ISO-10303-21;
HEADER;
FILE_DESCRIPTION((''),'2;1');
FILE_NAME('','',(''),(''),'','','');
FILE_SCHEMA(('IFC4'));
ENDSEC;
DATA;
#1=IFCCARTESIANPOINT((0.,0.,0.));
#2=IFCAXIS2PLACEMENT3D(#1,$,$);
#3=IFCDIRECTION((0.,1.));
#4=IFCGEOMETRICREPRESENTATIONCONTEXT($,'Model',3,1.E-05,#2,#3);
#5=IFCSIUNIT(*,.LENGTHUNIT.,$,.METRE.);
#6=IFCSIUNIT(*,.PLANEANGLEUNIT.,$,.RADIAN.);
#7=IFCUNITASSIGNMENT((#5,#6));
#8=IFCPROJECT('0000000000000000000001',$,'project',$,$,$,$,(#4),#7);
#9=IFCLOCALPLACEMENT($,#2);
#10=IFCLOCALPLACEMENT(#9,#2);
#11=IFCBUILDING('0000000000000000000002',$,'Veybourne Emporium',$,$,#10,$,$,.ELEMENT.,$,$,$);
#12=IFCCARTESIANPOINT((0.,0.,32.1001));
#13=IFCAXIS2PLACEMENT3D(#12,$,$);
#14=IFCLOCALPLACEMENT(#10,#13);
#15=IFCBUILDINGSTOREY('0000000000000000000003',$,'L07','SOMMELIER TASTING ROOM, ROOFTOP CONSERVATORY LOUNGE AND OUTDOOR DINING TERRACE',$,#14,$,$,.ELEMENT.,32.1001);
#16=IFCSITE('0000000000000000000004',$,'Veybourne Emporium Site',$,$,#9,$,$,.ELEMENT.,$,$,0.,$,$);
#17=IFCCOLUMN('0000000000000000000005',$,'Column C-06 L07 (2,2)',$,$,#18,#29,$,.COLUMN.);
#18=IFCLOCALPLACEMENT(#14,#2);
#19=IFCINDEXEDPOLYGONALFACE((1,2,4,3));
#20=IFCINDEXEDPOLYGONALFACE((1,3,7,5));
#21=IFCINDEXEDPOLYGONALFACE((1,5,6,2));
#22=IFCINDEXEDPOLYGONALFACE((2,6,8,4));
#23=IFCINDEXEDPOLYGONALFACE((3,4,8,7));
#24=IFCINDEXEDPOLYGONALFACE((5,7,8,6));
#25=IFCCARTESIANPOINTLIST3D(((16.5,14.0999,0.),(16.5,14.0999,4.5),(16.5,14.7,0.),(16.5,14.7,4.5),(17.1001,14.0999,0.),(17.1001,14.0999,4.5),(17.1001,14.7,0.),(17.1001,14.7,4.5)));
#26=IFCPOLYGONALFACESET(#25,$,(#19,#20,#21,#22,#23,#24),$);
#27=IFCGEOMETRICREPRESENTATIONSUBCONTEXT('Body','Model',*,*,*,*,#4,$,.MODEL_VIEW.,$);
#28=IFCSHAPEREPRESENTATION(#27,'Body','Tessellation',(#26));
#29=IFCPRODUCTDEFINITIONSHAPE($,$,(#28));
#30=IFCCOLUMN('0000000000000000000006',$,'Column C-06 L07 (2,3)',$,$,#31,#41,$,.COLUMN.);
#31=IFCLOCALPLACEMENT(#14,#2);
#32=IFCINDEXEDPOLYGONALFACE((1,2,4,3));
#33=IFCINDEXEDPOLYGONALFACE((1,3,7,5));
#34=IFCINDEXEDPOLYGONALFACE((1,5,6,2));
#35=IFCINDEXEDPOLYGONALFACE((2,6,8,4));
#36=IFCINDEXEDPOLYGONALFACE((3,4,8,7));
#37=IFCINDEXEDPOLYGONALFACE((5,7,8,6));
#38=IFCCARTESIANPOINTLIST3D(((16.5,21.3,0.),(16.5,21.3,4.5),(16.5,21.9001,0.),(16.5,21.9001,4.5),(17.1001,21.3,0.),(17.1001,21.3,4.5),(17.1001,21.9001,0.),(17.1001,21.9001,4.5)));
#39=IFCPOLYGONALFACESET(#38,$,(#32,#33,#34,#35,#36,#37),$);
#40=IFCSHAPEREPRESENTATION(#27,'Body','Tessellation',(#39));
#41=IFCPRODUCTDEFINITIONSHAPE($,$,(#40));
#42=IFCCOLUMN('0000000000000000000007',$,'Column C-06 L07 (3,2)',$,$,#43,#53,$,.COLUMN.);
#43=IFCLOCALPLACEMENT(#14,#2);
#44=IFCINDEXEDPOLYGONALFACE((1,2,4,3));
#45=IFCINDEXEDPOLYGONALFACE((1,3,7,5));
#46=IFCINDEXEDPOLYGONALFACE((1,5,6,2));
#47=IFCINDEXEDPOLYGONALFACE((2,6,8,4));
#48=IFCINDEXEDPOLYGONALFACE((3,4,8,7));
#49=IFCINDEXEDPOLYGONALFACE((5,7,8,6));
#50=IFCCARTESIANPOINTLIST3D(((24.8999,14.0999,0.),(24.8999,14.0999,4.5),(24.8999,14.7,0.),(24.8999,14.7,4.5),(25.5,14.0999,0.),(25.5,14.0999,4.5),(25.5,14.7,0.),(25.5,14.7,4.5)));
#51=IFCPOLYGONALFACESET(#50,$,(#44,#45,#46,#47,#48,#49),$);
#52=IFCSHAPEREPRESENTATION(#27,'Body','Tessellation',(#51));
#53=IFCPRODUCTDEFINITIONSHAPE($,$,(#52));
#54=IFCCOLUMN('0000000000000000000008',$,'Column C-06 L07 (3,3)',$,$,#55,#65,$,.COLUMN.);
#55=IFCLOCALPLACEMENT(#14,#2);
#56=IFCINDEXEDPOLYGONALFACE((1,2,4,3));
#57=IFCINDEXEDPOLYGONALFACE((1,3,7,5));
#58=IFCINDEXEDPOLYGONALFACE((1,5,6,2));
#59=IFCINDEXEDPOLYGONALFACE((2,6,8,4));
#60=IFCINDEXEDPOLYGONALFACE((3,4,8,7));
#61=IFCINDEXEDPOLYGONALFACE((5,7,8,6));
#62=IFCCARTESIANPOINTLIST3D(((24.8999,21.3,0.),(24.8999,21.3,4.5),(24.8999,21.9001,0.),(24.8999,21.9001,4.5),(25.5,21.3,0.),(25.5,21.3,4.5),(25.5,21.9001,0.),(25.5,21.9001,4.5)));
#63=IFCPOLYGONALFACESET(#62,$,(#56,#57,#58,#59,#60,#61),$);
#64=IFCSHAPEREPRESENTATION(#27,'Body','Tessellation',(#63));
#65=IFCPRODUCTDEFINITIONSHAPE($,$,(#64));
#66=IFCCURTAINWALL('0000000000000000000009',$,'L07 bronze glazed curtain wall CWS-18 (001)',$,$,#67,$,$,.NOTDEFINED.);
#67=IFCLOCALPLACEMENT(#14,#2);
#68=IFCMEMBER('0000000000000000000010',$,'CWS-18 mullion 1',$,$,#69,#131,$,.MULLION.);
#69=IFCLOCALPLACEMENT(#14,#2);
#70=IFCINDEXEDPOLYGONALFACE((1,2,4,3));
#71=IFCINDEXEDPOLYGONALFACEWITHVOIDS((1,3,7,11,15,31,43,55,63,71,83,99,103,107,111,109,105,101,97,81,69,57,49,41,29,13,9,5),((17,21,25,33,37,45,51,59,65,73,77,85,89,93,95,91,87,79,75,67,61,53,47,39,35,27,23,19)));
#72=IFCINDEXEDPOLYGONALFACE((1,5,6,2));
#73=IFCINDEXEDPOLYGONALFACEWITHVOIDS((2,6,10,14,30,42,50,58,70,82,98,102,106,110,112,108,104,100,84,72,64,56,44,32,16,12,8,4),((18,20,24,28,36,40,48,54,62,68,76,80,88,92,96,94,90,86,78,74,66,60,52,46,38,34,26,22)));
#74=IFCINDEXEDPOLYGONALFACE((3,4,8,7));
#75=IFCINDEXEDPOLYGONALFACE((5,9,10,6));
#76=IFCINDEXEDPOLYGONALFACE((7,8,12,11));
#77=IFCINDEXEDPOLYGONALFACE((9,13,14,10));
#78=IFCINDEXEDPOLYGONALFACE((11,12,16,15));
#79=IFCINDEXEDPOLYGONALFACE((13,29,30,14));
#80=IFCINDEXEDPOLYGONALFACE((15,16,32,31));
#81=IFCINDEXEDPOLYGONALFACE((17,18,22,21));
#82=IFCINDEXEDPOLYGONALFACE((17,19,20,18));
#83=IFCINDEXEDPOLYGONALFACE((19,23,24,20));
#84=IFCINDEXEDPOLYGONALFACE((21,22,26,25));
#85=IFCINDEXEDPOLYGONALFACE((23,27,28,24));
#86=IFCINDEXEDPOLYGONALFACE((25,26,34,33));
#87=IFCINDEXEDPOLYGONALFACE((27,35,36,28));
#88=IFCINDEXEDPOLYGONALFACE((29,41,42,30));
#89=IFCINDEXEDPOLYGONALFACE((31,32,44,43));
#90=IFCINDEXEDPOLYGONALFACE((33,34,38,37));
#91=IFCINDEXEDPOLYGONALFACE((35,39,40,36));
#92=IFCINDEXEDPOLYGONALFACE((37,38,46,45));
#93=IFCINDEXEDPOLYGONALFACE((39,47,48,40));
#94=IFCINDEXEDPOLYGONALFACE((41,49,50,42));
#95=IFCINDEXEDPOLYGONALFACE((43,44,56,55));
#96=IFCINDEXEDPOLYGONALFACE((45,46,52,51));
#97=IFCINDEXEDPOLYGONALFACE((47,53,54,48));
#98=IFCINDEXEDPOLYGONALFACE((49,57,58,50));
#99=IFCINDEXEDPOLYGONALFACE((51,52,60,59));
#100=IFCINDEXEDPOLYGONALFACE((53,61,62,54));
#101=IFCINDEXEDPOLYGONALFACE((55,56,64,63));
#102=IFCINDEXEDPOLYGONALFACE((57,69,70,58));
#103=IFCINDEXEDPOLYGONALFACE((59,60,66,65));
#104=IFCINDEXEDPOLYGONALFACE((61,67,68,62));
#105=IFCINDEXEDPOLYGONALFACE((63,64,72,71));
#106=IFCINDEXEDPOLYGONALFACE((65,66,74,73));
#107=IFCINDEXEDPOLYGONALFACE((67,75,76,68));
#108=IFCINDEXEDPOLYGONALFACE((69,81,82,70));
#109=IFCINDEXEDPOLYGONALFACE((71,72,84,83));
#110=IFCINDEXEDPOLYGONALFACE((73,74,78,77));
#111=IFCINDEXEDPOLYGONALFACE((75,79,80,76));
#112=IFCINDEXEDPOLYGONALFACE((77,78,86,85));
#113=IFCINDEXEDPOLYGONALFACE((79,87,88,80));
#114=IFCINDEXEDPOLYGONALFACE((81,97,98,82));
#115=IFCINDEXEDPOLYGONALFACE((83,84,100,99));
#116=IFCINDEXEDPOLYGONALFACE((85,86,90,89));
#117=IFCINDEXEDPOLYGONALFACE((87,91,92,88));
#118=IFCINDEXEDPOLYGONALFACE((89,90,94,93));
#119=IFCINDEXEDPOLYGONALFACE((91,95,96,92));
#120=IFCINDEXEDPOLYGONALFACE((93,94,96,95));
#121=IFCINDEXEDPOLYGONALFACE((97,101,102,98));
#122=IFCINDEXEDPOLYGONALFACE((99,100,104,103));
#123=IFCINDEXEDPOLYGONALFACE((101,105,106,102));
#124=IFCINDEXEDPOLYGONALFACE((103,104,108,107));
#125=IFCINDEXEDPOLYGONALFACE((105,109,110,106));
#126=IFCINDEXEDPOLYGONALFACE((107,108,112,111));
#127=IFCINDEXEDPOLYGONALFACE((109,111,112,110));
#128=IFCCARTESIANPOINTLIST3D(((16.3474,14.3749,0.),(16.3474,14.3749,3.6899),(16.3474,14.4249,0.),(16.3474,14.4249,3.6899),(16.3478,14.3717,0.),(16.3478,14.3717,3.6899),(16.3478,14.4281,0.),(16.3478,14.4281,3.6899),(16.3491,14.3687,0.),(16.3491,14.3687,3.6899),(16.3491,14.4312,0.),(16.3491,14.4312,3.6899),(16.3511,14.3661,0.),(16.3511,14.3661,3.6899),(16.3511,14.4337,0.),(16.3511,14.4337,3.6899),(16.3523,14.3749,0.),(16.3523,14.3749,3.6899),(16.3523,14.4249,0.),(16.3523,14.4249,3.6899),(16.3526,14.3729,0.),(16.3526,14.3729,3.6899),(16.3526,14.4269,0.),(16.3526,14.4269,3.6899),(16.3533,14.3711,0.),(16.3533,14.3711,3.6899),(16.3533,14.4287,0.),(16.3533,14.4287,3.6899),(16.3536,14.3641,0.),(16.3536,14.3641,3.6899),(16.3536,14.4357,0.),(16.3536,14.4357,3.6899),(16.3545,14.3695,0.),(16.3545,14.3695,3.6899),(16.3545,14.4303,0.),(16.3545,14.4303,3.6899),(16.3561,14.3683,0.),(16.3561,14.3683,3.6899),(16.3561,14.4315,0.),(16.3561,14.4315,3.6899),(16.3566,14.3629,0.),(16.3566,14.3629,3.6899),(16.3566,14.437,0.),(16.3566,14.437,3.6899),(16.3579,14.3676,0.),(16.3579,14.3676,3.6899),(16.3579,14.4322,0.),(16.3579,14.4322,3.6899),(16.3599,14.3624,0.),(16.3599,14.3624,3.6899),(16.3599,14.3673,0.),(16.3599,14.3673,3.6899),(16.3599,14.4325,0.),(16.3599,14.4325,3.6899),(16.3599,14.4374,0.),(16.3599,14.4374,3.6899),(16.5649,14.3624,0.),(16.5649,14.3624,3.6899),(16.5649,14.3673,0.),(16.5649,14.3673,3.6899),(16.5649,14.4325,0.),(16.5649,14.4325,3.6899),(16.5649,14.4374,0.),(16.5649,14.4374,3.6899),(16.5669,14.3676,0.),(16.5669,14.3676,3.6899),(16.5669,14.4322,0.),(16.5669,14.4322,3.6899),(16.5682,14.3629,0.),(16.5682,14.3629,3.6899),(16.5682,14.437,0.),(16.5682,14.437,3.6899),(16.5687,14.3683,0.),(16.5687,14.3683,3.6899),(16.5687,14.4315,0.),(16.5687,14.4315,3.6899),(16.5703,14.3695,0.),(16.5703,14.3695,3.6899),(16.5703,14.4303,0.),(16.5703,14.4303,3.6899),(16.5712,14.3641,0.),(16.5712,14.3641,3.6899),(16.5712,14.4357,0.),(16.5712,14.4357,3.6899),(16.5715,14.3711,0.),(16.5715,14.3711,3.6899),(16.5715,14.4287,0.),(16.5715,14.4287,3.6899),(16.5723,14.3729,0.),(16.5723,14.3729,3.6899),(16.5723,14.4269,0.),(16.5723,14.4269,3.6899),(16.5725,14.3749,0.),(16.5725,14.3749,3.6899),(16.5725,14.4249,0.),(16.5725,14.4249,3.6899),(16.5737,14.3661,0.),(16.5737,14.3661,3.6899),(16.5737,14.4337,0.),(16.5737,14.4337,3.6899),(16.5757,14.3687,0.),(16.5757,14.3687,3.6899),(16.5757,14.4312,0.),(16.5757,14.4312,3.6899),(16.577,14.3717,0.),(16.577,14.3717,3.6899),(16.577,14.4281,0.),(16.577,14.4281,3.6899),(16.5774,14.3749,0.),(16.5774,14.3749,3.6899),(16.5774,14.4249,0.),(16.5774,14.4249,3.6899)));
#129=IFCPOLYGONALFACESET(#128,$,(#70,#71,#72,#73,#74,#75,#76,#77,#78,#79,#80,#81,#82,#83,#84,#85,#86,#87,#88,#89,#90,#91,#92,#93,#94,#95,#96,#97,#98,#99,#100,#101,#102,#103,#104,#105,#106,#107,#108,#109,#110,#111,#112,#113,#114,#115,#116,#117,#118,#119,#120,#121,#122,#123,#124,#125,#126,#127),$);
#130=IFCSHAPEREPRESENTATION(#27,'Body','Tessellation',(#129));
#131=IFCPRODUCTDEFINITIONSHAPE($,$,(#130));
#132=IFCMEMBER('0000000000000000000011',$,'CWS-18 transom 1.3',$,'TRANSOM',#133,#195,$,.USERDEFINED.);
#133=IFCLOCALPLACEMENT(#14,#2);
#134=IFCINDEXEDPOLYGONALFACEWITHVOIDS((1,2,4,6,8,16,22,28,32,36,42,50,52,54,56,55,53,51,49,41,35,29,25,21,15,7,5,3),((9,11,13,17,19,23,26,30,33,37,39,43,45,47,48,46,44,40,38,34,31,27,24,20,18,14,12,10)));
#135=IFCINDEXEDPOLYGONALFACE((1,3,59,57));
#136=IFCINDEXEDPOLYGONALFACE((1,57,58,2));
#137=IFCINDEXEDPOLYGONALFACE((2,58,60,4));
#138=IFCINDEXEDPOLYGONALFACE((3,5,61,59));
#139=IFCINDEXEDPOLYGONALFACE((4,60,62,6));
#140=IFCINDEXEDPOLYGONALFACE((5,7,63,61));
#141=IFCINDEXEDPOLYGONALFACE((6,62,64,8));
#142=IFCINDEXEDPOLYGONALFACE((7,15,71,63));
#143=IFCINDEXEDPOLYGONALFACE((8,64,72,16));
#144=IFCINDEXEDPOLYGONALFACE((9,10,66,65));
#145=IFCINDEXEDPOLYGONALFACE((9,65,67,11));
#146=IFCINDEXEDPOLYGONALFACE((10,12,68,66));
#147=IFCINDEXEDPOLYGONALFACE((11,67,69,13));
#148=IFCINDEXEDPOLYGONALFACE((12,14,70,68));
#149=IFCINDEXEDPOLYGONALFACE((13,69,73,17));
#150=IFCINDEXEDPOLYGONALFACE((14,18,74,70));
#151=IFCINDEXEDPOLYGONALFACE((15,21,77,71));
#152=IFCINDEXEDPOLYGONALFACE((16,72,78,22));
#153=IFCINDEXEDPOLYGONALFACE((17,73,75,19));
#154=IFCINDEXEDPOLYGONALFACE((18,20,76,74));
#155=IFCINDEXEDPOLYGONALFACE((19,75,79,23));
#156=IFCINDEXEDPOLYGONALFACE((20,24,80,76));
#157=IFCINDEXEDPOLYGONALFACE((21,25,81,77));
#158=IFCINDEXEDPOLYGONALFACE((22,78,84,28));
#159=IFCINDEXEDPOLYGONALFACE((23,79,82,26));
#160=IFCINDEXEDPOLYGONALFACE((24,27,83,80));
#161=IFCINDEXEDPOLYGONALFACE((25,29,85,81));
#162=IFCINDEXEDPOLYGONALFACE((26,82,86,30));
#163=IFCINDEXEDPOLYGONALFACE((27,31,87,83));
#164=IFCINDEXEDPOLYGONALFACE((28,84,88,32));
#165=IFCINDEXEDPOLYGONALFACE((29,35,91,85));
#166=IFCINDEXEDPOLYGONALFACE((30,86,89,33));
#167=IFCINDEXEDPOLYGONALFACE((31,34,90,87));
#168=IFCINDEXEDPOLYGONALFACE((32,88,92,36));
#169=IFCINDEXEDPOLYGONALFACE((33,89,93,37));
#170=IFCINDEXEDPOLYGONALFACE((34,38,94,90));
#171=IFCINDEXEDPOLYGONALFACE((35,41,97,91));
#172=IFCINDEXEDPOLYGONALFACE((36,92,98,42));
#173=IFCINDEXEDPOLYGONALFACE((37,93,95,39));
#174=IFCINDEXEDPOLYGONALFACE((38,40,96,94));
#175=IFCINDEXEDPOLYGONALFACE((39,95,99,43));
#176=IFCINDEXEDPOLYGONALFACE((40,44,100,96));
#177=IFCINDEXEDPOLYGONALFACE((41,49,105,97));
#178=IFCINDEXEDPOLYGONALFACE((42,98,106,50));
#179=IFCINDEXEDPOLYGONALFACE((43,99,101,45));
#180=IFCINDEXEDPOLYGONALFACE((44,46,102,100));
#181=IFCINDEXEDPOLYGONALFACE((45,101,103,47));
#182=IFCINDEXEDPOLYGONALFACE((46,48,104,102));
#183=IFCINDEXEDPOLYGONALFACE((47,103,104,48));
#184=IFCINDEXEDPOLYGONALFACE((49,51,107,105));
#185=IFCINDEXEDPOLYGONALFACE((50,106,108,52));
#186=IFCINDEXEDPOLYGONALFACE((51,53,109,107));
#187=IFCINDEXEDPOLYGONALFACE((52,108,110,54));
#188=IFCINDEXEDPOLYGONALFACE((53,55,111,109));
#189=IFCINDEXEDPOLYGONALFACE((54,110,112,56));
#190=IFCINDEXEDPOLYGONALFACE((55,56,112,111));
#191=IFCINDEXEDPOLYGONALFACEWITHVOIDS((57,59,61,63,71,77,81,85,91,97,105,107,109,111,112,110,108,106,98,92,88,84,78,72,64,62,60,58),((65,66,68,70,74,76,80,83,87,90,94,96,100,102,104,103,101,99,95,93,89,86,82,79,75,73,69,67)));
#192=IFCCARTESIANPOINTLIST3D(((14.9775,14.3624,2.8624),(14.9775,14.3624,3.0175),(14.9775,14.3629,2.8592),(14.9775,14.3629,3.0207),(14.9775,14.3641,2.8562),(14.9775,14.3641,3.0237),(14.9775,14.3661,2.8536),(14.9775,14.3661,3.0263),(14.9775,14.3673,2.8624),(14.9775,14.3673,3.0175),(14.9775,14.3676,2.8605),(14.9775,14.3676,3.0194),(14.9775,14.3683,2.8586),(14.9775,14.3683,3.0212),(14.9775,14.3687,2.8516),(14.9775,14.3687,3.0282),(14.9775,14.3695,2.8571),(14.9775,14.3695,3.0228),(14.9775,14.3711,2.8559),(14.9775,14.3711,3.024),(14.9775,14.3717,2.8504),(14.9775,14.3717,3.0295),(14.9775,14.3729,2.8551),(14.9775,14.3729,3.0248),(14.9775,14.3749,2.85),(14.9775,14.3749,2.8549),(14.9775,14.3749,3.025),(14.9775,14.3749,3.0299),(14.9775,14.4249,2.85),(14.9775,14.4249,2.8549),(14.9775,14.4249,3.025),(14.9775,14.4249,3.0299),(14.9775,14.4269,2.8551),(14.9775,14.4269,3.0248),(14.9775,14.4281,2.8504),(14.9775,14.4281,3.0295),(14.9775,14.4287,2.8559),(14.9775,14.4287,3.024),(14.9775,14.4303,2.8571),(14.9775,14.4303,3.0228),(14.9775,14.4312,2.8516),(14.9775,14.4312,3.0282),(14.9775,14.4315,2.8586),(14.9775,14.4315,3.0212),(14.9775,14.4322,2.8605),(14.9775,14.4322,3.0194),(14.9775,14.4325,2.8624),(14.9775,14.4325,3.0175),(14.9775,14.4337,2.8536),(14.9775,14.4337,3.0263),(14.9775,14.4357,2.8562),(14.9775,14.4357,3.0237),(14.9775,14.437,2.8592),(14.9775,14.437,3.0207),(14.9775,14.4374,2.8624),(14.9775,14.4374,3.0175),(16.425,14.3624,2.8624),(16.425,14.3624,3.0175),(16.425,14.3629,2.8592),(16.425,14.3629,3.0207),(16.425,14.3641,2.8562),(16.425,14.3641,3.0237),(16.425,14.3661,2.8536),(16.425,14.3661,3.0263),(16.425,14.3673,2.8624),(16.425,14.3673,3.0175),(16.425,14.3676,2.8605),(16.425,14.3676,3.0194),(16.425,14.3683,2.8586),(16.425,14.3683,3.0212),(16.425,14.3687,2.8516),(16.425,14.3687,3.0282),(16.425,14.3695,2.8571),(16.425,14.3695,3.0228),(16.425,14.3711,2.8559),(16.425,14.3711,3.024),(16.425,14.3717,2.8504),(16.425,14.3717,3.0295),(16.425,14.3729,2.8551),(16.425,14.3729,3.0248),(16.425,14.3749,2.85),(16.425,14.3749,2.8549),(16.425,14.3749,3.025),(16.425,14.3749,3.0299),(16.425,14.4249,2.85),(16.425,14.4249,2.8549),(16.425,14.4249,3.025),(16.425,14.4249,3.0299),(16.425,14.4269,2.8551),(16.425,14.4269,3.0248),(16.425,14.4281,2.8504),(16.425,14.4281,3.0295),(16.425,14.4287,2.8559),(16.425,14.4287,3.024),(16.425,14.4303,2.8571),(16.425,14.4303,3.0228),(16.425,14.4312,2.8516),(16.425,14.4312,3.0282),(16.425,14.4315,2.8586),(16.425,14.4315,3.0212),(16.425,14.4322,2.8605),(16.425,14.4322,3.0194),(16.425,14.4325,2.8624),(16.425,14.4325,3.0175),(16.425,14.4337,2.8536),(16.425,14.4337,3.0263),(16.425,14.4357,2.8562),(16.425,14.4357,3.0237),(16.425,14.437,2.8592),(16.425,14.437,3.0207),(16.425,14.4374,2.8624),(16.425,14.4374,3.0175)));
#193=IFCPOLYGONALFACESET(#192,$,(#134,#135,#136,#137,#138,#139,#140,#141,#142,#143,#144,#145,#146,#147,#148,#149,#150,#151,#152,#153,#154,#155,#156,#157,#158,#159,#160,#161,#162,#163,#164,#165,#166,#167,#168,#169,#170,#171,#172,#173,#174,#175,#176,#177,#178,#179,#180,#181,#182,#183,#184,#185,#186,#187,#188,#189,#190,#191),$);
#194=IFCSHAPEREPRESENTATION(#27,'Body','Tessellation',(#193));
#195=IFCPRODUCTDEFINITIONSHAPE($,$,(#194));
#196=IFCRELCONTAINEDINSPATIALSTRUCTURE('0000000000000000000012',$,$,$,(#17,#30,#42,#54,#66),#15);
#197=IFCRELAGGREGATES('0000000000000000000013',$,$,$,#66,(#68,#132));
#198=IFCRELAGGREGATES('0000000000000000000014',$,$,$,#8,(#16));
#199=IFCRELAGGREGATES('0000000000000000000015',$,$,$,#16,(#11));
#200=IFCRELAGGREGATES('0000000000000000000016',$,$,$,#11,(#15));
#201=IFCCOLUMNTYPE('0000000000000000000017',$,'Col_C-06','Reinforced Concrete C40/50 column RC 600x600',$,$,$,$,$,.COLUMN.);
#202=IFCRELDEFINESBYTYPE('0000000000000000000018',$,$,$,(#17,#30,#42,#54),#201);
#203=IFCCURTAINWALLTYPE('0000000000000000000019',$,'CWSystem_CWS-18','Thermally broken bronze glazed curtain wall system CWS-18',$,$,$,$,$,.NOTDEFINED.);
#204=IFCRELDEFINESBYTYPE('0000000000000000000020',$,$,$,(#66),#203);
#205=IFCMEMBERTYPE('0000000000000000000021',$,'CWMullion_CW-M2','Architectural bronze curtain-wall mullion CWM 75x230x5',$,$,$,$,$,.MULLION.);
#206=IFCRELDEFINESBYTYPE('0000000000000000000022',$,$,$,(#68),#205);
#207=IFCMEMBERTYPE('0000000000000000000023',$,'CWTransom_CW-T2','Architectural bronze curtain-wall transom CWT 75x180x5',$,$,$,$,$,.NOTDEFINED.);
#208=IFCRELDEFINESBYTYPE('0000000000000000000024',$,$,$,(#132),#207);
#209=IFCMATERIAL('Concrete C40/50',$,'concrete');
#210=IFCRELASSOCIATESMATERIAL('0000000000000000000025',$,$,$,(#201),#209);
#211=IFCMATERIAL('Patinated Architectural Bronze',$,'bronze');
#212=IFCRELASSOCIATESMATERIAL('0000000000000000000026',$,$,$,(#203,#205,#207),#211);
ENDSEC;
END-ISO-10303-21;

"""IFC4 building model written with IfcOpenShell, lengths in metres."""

from ifc_helpers import new_model, si_unit, direction, frame, origin, origin_2d, place, context, subcontext, project, spatial, rectangle, hollow_rectangle, extrude, material, material_profile, profile_set, type_object, element, aggregate, save


model = new_model("IFC4")

# Units and contexts
model_context = context("Model", 3, precision=1e-05, world=origin(), true_north=direction((0.0, 1.0)))
body_context = subcontext(model_context, "Body", "Model", "MODEL_VIEW")
ifc_project = project(units=[si_unit("LENGTHUNIT", "METRE"), si_unit("PLANEANGLEUNIT", "RADIAN")], contexts=[model_context])

# Site, building, storey
site_placement = place(None, origin())
site = spatial("IfcSite", under=ifc_project, at=site_placement, Name="Veybourne Emporium Site", CompositionType="ELEMENT", RefElevation=0.0)
building_placement = place(site_placement, origin())
building = spatial("IfcBuilding", under=site, at=building_placement, Name="Veybourne Emporium", CompositionType="ELEMENT")
storey_placement = place(building_placement, frame((0.0, 0.0, 32.1001)))
storey = spatial("IfcBuildingStorey", under=building, at=storey_placement, Name="L07", Description="SOMMELIER TASTING ROOM, ROOFTOP CONSERVATORY LOUNGE AND OUTDOOR DINING TERRACE", CompositionType="ELEMENT", Elevation=32.1001)

# Columns
ifc_material_1 = material(Name="Concrete C40/50", Category="concrete")
ifc_material_profile_1 = material_profile(ifc_material_1, rectangle(XDim=0.6001, YDim=0.6001, at=origin_2d()), Name="RC 600x600")
ifc_profile_set_1 = profile_set([ifc_material_profile_1], Name="Concrete C40/50")
column_type = type_object("IfcColumnType", Name="Col_C-06", Description="Reinforced Concrete C40/50 column RC 600x600", PredefinedType="COLUMN", material=ifc_profile_set_1)
for number, where, z_axis, x_axis, name in (
    (1, (16.8, 14.3999, 0.0), (0.0, 0.0, 1.0), (1.0, 0.0, 0.0), "Column C-06 L07 (2,2)"),
    (2, (16.8, 21.6001, 0.0), (0.0, 0.0, 1.0), (1.0, 0.0, 0.0), "Column C-06 L07 (2,3)"),
    (3, (25.2, 14.3999, 0.0), (0.0, 0.0, 1.0), (1.0, 0.0, 0.0), "Column C-06 L07 (3,2)"),
    (4, (25.2, 21.6001, 0.0), (0.0, 0.0, 1.0), (1.0, 0.0, 0.0), "Column C-06 L07 (3,3)"),
):
    element("IfcColumn", number, at=place(storey_placement, frame(where, z_axis=z_axis, x_axis=x_axis)), inside=storey, type_object=column_type, Name=name, PredefinedType="COLUMN", context=body_context, shape_type="SweptSolid", body=[
        extrude(rectangle(XDim=0.6001, YDim=0.6001, at=origin_2d()), origin(), (0.0, 0.0, 1.0), 4.5),
    ])

# Curtain wall, members
ifc_material_2 = material(Name="Patinated Architectural Bronze", Category="bronze")
curtain_wall_type = type_object("IfcCurtainWallType", Name="CWSystem_CWS-18", Description="Thermally broken bronze glazed curtain wall system CWS-18", PredefinedType="NOTDEFINED", material=ifc_material_2)
curtain_wall_placement = place(storey_placement, origin())
curtain_wall = element("IfcCurtainWall", 5, at=curtain_wall_placement, inside=storey, type_object=curtain_wall_type, Name="L07 bronze glazed curtain wall CWS-18 (001)", PredefinedType="NOTDEFINED")
ifc_material_profile_2 = material_profile(ifc_material_2, hollow_rectangle(XDim=0.075, YDim=0.23, WallThickness=0.0049, InnerFilletRadius=0.0076, OuterFilletRadius=0.0125, at=origin_2d()), Name="CWM 75x230x5")
ifc_profile_set_2 = profile_set([ifc_material_profile_2], Name="Patinated Architectural Bronze")
member_type_1 = type_object("IfcMemberType", Name="CWMullion_CW-M2", Description="Architectural bronze curtain-wall mullion CWM 75x230x5", PredefinedType="MULLION", material=ifc_profile_set_2)
member_1_placement = place(storey_placement, frame((16.4624, 14.3999, 0.0), z_axis=(0.0, 0.0, 1.0), x_axis=(0.0, -1.0, 0.0)))
member_1 = element("IfcMember", 6, at=member_1_placement, type_object=member_type_1, Name="CWS-18 mullion 1", PredefinedType="MULLION", context=body_context, shape_type="SweptSolid", body=[
    extrude(hollow_rectangle(XDim=0.075, YDim=0.23, WallThickness=0.0049, InnerFilletRadius=0.0076, OuterFilletRadius=0.0125, at=origin_2d()), origin(), (0.0, 0.0, 1.0), 3.6899),
])
ifc_material_profile_3 = material_profile(ifc_material_2, hollow_rectangle(XDim=0.075, YDim=0.1799, WallThickness=0.0049, InnerFilletRadius=0.0076, OuterFilletRadius=0.0125, at=origin_2d()), Name="CWT 75x180x5")
ifc_profile_set_3 = profile_set([ifc_material_profile_3], Name="Patinated Architectural Bronze")
member_type_2 = type_object("IfcMemberType", Name="CWTransom_CW-T2", Description="Architectural bronze curtain-wall transom CWT 75x180x5", PredefinedType="NOTDEFINED", material=ifc_profile_set_3)
member_2_placement = place(storey_placement, frame((16.425, 14.3999, 2.9399), z_axis=(-1.0, 0.0, 0.0), x_axis=(0.0, -1.0, 0.0)))
member_2 = element("IfcMember", 7, at=member_2_placement, type_object=member_type_2, Name="CWS-18 transom 1.3", ObjectType="TRANSOM", PredefinedType="USERDEFINED", context=body_context, shape_type="SweptSolid", body=[
    extrude(hollow_rectangle(XDim=0.075, YDim=0.1799, WallThickness=0.0049, InnerFilletRadius=0.0076, OuterFilletRadius=0.0125, at=origin_2d()), origin(), (0.0, 0.0, 1.0), 1.4475),
])
aggregate(curtain_wall, [member_1, member_2])

save(model, "model.ifc")
